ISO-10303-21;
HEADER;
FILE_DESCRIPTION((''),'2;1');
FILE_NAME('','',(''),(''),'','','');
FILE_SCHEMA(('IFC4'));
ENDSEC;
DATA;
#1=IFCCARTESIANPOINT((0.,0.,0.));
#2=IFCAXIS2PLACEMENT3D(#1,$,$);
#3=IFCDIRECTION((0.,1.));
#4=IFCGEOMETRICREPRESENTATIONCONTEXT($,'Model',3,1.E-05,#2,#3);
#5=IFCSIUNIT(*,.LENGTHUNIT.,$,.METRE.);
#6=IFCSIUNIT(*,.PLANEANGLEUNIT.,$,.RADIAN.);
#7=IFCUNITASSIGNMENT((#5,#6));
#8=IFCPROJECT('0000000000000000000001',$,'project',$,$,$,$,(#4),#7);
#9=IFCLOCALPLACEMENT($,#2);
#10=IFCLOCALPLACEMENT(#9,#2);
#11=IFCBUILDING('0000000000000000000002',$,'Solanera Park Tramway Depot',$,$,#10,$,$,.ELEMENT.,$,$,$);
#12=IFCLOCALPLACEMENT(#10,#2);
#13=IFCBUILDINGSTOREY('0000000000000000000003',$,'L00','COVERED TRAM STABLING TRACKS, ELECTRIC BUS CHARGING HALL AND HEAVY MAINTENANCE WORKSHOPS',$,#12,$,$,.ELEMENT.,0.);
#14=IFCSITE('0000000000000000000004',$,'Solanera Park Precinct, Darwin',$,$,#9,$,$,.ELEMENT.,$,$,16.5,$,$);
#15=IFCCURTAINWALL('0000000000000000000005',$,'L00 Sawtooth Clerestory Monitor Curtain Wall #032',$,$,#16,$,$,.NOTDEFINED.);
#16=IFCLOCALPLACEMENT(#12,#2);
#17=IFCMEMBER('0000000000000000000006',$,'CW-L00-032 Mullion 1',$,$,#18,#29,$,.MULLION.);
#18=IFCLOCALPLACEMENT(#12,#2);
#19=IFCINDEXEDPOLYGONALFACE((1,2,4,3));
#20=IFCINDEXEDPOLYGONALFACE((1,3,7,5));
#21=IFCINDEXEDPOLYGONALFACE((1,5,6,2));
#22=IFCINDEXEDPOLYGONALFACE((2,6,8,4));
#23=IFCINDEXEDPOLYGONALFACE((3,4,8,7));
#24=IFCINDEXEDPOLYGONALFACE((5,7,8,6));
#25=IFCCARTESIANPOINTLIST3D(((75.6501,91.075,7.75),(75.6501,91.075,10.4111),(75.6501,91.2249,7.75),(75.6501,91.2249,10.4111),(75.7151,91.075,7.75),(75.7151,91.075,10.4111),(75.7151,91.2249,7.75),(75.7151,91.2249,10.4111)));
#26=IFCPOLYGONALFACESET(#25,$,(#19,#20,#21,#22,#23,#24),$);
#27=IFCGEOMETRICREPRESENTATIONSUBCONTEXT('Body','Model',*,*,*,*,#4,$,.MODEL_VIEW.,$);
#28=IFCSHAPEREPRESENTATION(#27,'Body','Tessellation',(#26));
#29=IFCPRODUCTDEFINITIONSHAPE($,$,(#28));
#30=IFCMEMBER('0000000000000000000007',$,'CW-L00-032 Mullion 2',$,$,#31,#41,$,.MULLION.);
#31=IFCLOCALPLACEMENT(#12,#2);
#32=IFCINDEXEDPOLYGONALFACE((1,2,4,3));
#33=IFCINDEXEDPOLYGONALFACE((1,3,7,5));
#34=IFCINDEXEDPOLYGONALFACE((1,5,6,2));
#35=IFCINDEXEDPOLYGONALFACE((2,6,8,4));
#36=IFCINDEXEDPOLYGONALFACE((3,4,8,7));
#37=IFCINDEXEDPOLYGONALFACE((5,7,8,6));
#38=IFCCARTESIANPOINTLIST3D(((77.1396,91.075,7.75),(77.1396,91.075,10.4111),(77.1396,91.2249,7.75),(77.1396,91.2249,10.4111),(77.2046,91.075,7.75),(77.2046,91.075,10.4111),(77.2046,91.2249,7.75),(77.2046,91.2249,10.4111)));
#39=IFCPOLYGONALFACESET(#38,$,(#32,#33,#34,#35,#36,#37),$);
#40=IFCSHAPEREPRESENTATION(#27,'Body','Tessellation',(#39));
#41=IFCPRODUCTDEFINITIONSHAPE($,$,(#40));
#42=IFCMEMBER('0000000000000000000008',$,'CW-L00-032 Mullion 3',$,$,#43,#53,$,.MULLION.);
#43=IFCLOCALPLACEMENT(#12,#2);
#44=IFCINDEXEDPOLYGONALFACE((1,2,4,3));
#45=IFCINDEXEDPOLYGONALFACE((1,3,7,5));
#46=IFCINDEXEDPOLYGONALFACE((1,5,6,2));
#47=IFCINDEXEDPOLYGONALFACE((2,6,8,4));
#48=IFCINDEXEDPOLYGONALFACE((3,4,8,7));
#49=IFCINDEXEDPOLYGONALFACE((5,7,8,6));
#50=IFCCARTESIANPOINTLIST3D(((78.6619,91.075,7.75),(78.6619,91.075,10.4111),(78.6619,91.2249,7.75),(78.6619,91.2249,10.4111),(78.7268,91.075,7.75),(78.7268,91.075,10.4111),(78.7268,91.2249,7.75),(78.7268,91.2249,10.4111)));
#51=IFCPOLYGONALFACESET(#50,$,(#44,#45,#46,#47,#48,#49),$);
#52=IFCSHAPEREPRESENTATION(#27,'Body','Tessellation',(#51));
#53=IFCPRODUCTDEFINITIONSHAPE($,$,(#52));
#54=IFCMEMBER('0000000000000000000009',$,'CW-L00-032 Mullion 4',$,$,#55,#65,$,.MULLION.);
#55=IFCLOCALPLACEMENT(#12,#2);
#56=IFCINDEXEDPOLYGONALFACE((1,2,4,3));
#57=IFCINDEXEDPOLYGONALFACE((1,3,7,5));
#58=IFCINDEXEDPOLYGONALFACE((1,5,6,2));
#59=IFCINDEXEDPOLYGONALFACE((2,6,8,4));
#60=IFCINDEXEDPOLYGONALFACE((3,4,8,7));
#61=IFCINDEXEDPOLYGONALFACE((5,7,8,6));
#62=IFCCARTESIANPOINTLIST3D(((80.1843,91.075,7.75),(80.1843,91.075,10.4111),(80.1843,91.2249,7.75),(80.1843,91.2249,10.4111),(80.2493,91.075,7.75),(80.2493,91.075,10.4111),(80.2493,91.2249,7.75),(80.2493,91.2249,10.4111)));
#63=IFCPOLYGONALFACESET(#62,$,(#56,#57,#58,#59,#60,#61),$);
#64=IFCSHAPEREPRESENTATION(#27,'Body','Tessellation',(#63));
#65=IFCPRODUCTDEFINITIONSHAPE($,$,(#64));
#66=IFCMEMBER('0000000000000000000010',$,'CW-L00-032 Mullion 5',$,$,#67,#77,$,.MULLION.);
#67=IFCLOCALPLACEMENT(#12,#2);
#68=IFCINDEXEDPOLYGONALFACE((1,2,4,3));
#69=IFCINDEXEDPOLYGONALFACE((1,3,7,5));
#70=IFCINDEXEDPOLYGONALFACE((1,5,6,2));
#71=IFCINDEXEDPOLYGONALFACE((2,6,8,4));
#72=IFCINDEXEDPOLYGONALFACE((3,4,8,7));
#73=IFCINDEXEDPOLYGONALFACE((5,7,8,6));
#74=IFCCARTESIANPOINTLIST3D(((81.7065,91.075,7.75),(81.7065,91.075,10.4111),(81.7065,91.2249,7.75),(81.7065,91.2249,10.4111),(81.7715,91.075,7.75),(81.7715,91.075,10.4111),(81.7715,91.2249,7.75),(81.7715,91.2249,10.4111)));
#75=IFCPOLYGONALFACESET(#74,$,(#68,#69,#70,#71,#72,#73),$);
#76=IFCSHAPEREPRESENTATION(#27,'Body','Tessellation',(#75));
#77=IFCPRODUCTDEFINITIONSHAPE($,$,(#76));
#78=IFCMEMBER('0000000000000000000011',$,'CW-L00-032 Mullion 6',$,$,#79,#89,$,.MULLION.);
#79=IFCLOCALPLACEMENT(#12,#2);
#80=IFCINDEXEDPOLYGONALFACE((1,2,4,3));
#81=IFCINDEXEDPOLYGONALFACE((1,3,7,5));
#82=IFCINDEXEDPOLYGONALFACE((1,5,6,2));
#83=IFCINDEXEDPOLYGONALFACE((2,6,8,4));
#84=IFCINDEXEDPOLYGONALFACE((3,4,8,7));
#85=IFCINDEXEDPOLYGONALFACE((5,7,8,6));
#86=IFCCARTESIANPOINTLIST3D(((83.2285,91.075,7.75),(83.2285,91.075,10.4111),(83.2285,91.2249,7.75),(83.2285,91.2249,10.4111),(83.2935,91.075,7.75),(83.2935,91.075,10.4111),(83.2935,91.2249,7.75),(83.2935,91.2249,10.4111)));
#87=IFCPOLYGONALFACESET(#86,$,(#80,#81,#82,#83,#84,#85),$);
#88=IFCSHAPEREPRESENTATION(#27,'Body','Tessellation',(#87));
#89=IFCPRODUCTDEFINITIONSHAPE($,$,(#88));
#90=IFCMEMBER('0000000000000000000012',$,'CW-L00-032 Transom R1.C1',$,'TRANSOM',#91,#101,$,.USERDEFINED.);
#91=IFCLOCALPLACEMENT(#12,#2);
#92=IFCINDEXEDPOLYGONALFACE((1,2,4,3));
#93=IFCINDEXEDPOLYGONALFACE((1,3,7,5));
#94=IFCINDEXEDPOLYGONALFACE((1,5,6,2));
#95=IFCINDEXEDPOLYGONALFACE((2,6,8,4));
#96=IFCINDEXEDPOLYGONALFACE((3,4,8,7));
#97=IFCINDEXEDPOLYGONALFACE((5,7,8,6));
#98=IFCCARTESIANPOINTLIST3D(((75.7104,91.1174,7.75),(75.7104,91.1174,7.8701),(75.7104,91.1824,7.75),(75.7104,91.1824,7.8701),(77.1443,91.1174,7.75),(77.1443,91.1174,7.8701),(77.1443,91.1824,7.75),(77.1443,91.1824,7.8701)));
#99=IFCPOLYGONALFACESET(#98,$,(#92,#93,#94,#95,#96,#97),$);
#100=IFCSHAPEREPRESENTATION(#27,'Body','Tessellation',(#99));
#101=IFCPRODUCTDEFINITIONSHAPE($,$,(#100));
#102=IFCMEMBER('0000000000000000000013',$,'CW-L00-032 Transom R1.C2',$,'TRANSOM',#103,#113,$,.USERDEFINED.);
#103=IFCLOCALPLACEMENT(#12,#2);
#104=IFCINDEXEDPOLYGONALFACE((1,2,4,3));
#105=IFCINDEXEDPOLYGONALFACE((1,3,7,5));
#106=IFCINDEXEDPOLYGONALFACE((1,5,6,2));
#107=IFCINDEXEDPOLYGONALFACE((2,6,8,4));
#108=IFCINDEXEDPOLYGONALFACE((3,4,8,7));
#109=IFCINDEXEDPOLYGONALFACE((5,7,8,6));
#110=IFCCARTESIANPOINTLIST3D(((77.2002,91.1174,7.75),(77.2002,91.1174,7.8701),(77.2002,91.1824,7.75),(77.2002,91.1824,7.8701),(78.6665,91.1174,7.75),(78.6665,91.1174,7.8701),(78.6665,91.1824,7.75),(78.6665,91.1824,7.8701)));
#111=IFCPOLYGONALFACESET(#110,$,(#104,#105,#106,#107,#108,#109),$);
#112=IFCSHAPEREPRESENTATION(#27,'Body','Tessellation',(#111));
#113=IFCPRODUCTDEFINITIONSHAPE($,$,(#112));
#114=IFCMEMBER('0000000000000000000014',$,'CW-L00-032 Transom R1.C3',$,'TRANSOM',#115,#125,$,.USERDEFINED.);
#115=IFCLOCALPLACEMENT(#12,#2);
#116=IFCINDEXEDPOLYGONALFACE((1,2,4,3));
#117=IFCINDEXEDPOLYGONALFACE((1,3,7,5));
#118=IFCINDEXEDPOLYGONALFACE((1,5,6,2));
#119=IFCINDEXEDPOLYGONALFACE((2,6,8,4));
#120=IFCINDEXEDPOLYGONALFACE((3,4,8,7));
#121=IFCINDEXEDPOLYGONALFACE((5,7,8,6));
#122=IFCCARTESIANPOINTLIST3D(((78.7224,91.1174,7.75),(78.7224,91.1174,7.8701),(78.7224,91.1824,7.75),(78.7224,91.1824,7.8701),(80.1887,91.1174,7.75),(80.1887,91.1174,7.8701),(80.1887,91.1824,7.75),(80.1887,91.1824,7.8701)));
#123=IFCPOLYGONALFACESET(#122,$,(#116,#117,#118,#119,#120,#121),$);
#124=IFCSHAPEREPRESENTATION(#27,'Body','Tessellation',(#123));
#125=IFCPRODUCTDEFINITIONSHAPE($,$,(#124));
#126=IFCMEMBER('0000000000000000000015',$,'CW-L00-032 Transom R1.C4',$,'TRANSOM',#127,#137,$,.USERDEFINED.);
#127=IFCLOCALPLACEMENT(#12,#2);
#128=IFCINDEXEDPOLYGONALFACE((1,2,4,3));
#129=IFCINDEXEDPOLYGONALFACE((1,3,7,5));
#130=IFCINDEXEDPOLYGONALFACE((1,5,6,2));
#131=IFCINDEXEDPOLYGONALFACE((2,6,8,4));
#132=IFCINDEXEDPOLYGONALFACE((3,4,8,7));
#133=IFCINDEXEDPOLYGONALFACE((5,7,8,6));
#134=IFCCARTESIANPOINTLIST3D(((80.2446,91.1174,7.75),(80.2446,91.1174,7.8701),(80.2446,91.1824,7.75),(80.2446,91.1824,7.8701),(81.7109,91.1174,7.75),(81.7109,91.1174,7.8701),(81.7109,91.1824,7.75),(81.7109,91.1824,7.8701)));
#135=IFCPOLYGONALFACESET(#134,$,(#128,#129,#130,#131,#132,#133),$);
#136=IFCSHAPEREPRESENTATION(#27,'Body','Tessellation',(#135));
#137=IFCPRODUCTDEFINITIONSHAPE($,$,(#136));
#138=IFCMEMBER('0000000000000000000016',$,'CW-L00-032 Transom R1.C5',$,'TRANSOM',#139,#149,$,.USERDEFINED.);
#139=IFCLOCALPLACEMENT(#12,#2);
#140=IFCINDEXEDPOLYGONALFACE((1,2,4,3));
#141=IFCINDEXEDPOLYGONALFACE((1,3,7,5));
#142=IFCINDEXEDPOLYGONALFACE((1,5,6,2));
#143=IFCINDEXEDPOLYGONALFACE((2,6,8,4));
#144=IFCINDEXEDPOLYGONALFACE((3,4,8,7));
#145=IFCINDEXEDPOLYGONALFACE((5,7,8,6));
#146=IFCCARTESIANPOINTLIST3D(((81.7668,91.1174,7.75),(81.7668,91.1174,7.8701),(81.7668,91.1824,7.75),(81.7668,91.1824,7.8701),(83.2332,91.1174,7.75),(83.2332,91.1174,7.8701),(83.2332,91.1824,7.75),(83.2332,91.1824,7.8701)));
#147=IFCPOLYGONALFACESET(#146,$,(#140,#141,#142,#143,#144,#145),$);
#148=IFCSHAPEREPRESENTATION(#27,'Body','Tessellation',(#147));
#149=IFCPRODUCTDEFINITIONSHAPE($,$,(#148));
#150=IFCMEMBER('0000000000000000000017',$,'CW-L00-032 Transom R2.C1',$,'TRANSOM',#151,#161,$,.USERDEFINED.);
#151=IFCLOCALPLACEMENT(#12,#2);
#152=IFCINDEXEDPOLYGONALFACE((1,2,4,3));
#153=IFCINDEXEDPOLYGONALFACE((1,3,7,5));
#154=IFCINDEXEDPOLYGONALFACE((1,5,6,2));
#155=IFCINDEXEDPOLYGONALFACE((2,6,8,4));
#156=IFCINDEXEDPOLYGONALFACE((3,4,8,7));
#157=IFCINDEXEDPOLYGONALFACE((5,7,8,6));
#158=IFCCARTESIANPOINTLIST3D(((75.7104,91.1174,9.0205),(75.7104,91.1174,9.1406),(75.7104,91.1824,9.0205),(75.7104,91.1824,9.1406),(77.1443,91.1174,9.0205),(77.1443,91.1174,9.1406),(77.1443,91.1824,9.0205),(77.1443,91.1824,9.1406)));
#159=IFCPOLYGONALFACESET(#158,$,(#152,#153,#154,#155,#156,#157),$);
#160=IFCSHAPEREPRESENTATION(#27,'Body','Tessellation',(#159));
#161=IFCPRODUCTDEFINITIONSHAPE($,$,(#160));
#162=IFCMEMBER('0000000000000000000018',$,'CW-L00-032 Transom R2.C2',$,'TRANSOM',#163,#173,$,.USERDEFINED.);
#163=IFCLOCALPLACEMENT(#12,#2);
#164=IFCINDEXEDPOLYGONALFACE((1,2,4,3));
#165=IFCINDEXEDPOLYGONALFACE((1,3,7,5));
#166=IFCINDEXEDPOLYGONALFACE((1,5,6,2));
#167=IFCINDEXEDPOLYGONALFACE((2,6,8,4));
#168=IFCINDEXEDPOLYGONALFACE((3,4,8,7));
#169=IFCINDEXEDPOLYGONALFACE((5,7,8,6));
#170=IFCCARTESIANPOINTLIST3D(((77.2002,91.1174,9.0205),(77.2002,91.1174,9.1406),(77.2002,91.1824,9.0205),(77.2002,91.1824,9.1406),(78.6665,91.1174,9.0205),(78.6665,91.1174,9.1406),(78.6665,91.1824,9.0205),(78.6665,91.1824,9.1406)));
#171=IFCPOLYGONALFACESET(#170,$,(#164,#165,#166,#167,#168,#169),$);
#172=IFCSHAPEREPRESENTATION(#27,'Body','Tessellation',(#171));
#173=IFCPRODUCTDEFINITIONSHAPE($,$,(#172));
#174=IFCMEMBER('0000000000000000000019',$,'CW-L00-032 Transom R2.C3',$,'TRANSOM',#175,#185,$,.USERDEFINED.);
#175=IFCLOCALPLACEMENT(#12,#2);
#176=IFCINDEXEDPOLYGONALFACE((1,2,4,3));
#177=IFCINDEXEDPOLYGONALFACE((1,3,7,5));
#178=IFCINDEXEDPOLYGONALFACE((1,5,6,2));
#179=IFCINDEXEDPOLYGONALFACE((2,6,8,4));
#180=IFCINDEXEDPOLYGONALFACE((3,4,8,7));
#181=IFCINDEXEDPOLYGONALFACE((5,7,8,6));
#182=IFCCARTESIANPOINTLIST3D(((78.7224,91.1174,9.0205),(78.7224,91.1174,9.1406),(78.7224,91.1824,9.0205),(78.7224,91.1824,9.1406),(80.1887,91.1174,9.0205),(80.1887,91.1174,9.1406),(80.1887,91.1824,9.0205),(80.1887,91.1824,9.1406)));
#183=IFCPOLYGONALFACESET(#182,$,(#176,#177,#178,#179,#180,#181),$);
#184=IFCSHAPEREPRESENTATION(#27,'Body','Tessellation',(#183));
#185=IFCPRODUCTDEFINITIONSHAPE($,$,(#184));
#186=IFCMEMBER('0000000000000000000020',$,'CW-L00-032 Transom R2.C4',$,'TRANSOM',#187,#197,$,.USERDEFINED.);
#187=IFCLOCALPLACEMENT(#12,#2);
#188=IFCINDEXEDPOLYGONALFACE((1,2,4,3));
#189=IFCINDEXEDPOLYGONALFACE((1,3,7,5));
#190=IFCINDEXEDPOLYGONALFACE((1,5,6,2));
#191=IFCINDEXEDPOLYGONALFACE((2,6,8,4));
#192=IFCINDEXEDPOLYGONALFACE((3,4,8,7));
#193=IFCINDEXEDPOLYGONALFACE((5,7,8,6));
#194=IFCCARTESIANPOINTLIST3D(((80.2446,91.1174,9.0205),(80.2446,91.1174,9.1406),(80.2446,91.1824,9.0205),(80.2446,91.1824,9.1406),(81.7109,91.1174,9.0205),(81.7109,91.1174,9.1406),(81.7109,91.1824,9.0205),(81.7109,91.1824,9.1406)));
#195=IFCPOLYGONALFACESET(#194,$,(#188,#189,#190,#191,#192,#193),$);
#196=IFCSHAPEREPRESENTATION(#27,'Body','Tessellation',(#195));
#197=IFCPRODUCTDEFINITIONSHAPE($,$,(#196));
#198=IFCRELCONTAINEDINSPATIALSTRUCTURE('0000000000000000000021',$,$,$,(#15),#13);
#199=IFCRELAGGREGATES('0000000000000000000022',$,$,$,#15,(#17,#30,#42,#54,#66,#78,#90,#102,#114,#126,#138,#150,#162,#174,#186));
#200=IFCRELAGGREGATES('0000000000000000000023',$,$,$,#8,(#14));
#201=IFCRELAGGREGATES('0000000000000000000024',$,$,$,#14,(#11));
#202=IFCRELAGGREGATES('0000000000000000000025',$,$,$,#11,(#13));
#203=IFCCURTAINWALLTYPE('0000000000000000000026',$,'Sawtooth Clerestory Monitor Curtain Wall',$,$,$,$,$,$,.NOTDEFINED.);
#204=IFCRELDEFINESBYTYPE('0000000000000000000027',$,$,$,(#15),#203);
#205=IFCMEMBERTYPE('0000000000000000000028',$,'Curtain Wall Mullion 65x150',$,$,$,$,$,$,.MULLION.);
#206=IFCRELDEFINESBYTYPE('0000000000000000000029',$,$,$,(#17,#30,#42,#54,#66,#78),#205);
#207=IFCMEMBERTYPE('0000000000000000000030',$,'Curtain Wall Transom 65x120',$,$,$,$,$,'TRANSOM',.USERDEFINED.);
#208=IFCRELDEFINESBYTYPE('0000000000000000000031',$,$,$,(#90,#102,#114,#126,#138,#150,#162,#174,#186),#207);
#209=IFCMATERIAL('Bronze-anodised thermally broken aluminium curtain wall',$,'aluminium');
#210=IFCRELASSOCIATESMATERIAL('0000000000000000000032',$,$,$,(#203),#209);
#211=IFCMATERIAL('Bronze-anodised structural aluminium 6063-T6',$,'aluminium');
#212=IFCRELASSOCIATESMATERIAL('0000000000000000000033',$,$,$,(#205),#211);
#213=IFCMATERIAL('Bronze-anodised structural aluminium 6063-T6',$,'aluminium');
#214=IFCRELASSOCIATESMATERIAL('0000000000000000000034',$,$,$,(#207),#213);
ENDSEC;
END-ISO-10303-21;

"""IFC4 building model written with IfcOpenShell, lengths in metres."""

from ifc_helpers import new_model, si_unit, direction, frame, origin, origin_2d, place, context, subcontext, project, spatial, rectangle, extrude, material, material_profile, profile_set, type_object, element, aggregate, save


model = new_model("IFC4")

# Units and contexts
model_context = context("Model", 3, precision=1e-05, world=origin(), true_north=direction((0.0, 1.0)))
body_context = subcontext(model_context, "Body", "Model", "MODEL_VIEW")
ifc_project = project(units=[si_unit("LENGTHUNIT", "METRE"), si_unit("PLANEANGLEUNIT", "RADIAN")], contexts=[model_context])

# Site, building, storey
site_placement = place(None, origin())
site = spatial("IfcSite", under=ifc_project, at=site_placement, Name="Solanera Park Precinct, Darwin", CompositionType="ELEMENT", RefElevation=16.5)
building_placement = place(site_placement, origin())
building = spatial("IfcBuilding", under=site, at=building_placement, Name="Solanera Park Tramway Depot", CompositionType="ELEMENT")
storey_placement = place(building_placement, origin())
storey = spatial("IfcBuildingStorey", under=building, at=storey_placement, Name="L00", Description="COVERED TRAM STABLING TRACKS, ELECTRIC BUS CHARGING HALL AND HEAVY MAINTENANCE WORKSHOPS", CompositionType="ELEMENT", Elevation=0.0)

# Curtain wall, members
ifc_material_1 = material(Name="Bronze-anodised thermally broken aluminium curtain wall", Category="aluminium")
curtain_wall_type = type_object("IfcCurtainWallType", Name="Sawtooth Clerestory Monitor Curtain Wall", PredefinedType="NOTDEFINED", material=ifc_material_1)
curtain_wall_placement = place(storey_placement, origin())
curtain_wall = element("IfcCurtainWall", 1, at=curtain_wall_placement, inside=storey, type_object=curtain_wall_type, Name="L00 Sawtooth Clerestory Monitor Curtain Wall #032", PredefinedType="NOTDEFINED")
ifc_material_2 = material(Name="Bronze-anodised structural aluminium 6063-T6", Category="aluminium")
ifc_material_profile_1 = material_profile(ifc_material_2, rectangle(XDim=0.0649, YDim=0.1499, at=origin_2d()), Name="Curtain Wall Mullion 65x150")
ifc_profile_set_1 = profile_set([ifc_material_profile_1], Name="Bronze-anodised structural aluminium 6063-T6")
member_type_1 = type_object("IfcMemberType", Name="Curtain Wall Mullion 65x150", PredefinedType="MULLION", material=ifc_profile_set_1)
member_1_placement = place(storey_placement, frame((75.6826, 91.1499, 7.75), z_axis=(0.0, 0.0, 1.0), x_axis=(1.0, 0.0, 0.0)))
member_1 = element("IfcMember", 2, at=member_1_placement, type_object=member_type_1, Name="CW-L00-032 Mullion 1", PredefinedType="MULLION", context=body_context, shape_type="SweptSolid", body=[
    extrude(rectangle(XDim=0.0649, YDim=0.1499, at=origin_2d()), origin(), (0.0, 0.0, 1.0), 2.6611),
])
member_2_placement = place(storey_placement, frame((77.1721, 91.1499, 7.75), z_axis=(0.0, 0.0, 1.0), x_axis=(1.0, 0.0, 0.0)))
member_2 = element("IfcMember", 3, at=member_2_placement, type_object=member_type_1, Name="CW-L00-032 Mullion 2", PredefinedType="MULLION", context=body_context, shape_type="SweptSolid", body=[
    extrude(rectangle(XDim=0.0649, YDim=0.1499, at=origin_2d()), origin(), (0.0, 0.0, 1.0), 2.6611),
])
member_3_placement = place(storey_placement, frame((78.6943, 91.1499, 7.75), z_axis=(0.0, 0.0, 1.0), x_axis=(1.0, 0.0, 0.0)))
member_3 = element("IfcMember", 4, at=member_3_placement, type_object=member_type_1, Name="CW-L00-032 Mullion 3", PredefinedType="MULLION", context=body_context, shape_type="SweptSolid", body=[
    extrude(rectangle(XDim=0.0649, YDim=0.1499, at=origin_2d()), origin(), (0.0, 0.0, 1.0), 2.6611),
])
member_4_placement = place(storey_placement, frame((80.2168, 91.1499, 7.75), z_axis=(0.0, 0.0, 1.0), x_axis=(1.0, 0.0, 0.0)))
member_4 = element("IfcMember", 5, at=member_4_placement, type_object=member_type_1, Name="CW-L00-032 Mullion 4", PredefinedType="MULLION", context=body_context, shape_type="SweptSolid", body=[
    extrude(rectangle(XDim=0.0649, YDim=0.1499, at=origin_2d()), origin(), (0.0, 0.0, 1.0), 2.6611),
])
member_5_placement = place(storey_placement, frame((81.739, 91.1499, 7.75), z_axis=(0.0, 0.0, 1.0), x_axis=(1.0, 0.0, 0.0)))
member_5 = element("IfcMember", 6, at=member_5_placement, type_object=member_type_1, Name="CW-L00-032 Mullion 5", PredefinedType="MULLION", context=body_context, shape_type="SweptSolid", body=[
    extrude(rectangle(XDim=0.0649, YDim=0.1499, at=origin_2d()), origin(), (0.0, 0.0, 1.0), 2.6611),
])
member_6_placement = place(storey_placement, frame((83.261, 91.1499, 7.75), z_axis=(0.0, 0.0, 1.0), x_axis=(1.0, 0.0, 0.0)))
member_6 = element("IfcMember", 7, at=member_6_placement, type_object=member_type_1, Name="CW-L00-032 Mullion 6", PredefinedType="MULLION", context=body_context, shape_type="SweptSolid", body=[
    extrude(rectangle(XDim=0.0649, YDim=0.1499, at=origin_2d()), origin(), (0.0, 0.0, 1.0), 2.6611),
])
ifc_material_3 = material(Name="Bronze-anodised structural aluminium 6063-T6", Category="aluminium")
ifc_material_profile_2 = material_profile(ifc_material_3, rectangle(XDim=0.0649, YDim=0.1201, at=origin_2d()), Name="Curtain Wall Transom 65x120")
ifc_profile_set_2 = profile_set([ifc_material_profile_2], Name="Bronze-anodised structural aluminium 6063-T6")
member_type_2 = type_object("IfcMemberType", Name="Curtain Wall Transom 65x120", ElementType="TRANSOM", PredefinedType="USERDEFINED", material=ifc_profile_set_2)
member_7_placement = place(storey_placement, frame((75.7104, 91.1499, 7.8101), z_axis=(1.0, 0.0, 0.0), x_axis=(0.0, 1.0, 0.0)))
member_7 = element("IfcMember", 8, at=member_7_placement, type_object=member_type_2, Name="CW-L00-032 Transom R1.C1", ObjectType="TRANSOM", PredefinedType="USERDEFINED", context=body_context, shape_type="SweptSolid", body=[
    extrude(rectangle(XDim=0.0649, YDim=0.1201, at=origin_2d()), origin(), (0.0, 0.0, 1.0), 1.4338),
])
member_8_placement = place(storey_placement, frame((77.2002, 91.1499, 7.8101), z_axis=(1.0, 0.0, 0.0), x_axis=(0.0, 1.0, 0.0)))
member_8 = element("IfcMember", 9, at=member_8_placement, type_object=member_type_2, Name="CW-L00-032 Transom R1.C2", ObjectType="TRANSOM", PredefinedType="USERDEFINED", context=body_context, shape_type="SweptSolid", body=[
    extrude(rectangle(XDim=0.0649, YDim=0.1201, at=origin_2d()), origin(), (0.0, 0.0, 1.0), 1.4663),
])
member_9_placement = place(storey_placement, frame((78.7224, 91.1499, 7.8101), z_axis=(1.0, 0.0, 0.0), x_axis=(0.0, 1.0, 0.0)))
member_9 = element("IfcMember", 10, at=member_9_placement, type_object=member_type_2, Name="CW-L00-032 Transom R1.C3", ObjectType="TRANSOM", PredefinedType="USERDEFINED", context=body_context, shape_type="SweptSolid", body=[
    extrude(rectangle(XDim=0.0649, YDim=0.1201, at=origin_2d()), origin(), (0.0, 0.0, 1.0), 1.4663),
])
member_10_placement = place(storey_placement, frame((80.2446, 91.1499, 7.8101), z_axis=(1.0, 0.0, 0.0), x_axis=(0.0, 1.0, 0.0)))
member_10 = element("IfcMember", 11, at=member_10_placement, type_object=member_type_2, Name="CW-L00-032 Transom R1.C4", ObjectType="TRANSOM", PredefinedType="USERDEFINED", context=body_context, shape_type="SweptSolid", body=[
    extrude(rectangle(XDim=0.0649, YDim=0.1201, at=origin_2d()), origin(), (0.0, 0.0, 1.0), 1.4663),
])
member_11_placement = place(storey_placement, frame((81.7668, 91.1499, 7.8101), z_axis=(1.0, 0.0, 0.0), x_axis=(0.0, 1.0, 0.0)))
member_11 = element("IfcMember", 12, at=member_11_placement, type_object=member_type_2, Name="CW-L00-032 Transom R1.C5", ObjectType="TRANSOM", PredefinedType="USERDEFINED", context=body_context, shape_type="SweptSolid", body=[
    extrude(rectangle(XDim=0.0649, YDim=0.1201, at=origin_2d()), origin(), (0.0, 0.0, 1.0), 1.4663),
])
member_12_placement = place(storey_placement, frame((75.7104, 91.1499, 9.0806), z_axis=(1.0, 0.0, 0.0), x_axis=(0.0, 1.0, 0.0)))
member_12 = element("IfcMember", 13, at=member_12_placement, type_object=member_type_2, Name="CW-L00-032 Transom R2.C1", ObjectType="TRANSOM", PredefinedType="USERDEFINED", context=body_context, shape_type="SweptSolid", body=[
    extrude(rectangle(XDim=0.0649, YDim=0.1201, at=origin_2d()), origin(), (0.0, 0.0, 1.0), 1.4338),
])
member_13_placement = place(storey_placement, frame((77.2002, 91.1499, 9.0806), z_axis=(1.0, 0.0, 0.0), x_axis=(0.0, 1.0, 0.0)))
member_13 = element("IfcMember", 14, at=member_13_placement, type_object=member_type_2, Name="CW-L00-032 Transom R2.C2", ObjectType="TRANSOM", PredefinedType="USERDEFINED", context=body_context, shape_type="SweptSolid", body=[
    extrude(rectangle(XDim=0.0649, YDim=0.1201, at=origin_2d()), origin(), (0.0, 0.0, 1.0), 1.4663),
])
member_14_placement = place(storey_placement, frame((78.7224, 91.1499, 9.0806), z_axis=(1.0, 0.0, 0.0), x_axis=(0.0, 1.0, 0.0)))
member_14 = element("IfcMember", 15, at=member_14_placement, type_object=member_type_2, Name="CW-L00-032 Transom R2.C3", ObjectType="TRANSOM", PredefinedType="USERDEFINED", context=body_context, shape_type="SweptSolid", body=[
    extrude(rectangle(XDim=0.0649, YDim=0.1201, at=origin_2d()), origin(), (0.0, 0.0, 1.0), 1.4663),
])
member_15_placement = place(storey_placement, frame((80.2446, 91.1499, 9.0806), z_axis=(1.0, 0.0, 0.0), x_axis=(0.0, 1.0, 0.0)))
member_15 = element("IfcMember", 16, at=member_15_placement, type_object=member_type_2, Name="CW-L00-032 Transom R2.C4", ObjectType="TRANSOM", PredefinedType="USERDEFINED", context=body_context, shape_type="SweptSolid", body=[
    extrude(rectangle(XDim=0.0649, YDim=0.1201, at=origin_2d()), origin(), (0.0, 0.0, 1.0), 1.4663),
])

aggregate(curtain_wall, [member_1, member_2, member_3, member_4, member_5, member_6, member_7, member_8, member_9, member_10, member_11, member_12, member_13, member_14, member_15])

save(model, "model.ifc")
